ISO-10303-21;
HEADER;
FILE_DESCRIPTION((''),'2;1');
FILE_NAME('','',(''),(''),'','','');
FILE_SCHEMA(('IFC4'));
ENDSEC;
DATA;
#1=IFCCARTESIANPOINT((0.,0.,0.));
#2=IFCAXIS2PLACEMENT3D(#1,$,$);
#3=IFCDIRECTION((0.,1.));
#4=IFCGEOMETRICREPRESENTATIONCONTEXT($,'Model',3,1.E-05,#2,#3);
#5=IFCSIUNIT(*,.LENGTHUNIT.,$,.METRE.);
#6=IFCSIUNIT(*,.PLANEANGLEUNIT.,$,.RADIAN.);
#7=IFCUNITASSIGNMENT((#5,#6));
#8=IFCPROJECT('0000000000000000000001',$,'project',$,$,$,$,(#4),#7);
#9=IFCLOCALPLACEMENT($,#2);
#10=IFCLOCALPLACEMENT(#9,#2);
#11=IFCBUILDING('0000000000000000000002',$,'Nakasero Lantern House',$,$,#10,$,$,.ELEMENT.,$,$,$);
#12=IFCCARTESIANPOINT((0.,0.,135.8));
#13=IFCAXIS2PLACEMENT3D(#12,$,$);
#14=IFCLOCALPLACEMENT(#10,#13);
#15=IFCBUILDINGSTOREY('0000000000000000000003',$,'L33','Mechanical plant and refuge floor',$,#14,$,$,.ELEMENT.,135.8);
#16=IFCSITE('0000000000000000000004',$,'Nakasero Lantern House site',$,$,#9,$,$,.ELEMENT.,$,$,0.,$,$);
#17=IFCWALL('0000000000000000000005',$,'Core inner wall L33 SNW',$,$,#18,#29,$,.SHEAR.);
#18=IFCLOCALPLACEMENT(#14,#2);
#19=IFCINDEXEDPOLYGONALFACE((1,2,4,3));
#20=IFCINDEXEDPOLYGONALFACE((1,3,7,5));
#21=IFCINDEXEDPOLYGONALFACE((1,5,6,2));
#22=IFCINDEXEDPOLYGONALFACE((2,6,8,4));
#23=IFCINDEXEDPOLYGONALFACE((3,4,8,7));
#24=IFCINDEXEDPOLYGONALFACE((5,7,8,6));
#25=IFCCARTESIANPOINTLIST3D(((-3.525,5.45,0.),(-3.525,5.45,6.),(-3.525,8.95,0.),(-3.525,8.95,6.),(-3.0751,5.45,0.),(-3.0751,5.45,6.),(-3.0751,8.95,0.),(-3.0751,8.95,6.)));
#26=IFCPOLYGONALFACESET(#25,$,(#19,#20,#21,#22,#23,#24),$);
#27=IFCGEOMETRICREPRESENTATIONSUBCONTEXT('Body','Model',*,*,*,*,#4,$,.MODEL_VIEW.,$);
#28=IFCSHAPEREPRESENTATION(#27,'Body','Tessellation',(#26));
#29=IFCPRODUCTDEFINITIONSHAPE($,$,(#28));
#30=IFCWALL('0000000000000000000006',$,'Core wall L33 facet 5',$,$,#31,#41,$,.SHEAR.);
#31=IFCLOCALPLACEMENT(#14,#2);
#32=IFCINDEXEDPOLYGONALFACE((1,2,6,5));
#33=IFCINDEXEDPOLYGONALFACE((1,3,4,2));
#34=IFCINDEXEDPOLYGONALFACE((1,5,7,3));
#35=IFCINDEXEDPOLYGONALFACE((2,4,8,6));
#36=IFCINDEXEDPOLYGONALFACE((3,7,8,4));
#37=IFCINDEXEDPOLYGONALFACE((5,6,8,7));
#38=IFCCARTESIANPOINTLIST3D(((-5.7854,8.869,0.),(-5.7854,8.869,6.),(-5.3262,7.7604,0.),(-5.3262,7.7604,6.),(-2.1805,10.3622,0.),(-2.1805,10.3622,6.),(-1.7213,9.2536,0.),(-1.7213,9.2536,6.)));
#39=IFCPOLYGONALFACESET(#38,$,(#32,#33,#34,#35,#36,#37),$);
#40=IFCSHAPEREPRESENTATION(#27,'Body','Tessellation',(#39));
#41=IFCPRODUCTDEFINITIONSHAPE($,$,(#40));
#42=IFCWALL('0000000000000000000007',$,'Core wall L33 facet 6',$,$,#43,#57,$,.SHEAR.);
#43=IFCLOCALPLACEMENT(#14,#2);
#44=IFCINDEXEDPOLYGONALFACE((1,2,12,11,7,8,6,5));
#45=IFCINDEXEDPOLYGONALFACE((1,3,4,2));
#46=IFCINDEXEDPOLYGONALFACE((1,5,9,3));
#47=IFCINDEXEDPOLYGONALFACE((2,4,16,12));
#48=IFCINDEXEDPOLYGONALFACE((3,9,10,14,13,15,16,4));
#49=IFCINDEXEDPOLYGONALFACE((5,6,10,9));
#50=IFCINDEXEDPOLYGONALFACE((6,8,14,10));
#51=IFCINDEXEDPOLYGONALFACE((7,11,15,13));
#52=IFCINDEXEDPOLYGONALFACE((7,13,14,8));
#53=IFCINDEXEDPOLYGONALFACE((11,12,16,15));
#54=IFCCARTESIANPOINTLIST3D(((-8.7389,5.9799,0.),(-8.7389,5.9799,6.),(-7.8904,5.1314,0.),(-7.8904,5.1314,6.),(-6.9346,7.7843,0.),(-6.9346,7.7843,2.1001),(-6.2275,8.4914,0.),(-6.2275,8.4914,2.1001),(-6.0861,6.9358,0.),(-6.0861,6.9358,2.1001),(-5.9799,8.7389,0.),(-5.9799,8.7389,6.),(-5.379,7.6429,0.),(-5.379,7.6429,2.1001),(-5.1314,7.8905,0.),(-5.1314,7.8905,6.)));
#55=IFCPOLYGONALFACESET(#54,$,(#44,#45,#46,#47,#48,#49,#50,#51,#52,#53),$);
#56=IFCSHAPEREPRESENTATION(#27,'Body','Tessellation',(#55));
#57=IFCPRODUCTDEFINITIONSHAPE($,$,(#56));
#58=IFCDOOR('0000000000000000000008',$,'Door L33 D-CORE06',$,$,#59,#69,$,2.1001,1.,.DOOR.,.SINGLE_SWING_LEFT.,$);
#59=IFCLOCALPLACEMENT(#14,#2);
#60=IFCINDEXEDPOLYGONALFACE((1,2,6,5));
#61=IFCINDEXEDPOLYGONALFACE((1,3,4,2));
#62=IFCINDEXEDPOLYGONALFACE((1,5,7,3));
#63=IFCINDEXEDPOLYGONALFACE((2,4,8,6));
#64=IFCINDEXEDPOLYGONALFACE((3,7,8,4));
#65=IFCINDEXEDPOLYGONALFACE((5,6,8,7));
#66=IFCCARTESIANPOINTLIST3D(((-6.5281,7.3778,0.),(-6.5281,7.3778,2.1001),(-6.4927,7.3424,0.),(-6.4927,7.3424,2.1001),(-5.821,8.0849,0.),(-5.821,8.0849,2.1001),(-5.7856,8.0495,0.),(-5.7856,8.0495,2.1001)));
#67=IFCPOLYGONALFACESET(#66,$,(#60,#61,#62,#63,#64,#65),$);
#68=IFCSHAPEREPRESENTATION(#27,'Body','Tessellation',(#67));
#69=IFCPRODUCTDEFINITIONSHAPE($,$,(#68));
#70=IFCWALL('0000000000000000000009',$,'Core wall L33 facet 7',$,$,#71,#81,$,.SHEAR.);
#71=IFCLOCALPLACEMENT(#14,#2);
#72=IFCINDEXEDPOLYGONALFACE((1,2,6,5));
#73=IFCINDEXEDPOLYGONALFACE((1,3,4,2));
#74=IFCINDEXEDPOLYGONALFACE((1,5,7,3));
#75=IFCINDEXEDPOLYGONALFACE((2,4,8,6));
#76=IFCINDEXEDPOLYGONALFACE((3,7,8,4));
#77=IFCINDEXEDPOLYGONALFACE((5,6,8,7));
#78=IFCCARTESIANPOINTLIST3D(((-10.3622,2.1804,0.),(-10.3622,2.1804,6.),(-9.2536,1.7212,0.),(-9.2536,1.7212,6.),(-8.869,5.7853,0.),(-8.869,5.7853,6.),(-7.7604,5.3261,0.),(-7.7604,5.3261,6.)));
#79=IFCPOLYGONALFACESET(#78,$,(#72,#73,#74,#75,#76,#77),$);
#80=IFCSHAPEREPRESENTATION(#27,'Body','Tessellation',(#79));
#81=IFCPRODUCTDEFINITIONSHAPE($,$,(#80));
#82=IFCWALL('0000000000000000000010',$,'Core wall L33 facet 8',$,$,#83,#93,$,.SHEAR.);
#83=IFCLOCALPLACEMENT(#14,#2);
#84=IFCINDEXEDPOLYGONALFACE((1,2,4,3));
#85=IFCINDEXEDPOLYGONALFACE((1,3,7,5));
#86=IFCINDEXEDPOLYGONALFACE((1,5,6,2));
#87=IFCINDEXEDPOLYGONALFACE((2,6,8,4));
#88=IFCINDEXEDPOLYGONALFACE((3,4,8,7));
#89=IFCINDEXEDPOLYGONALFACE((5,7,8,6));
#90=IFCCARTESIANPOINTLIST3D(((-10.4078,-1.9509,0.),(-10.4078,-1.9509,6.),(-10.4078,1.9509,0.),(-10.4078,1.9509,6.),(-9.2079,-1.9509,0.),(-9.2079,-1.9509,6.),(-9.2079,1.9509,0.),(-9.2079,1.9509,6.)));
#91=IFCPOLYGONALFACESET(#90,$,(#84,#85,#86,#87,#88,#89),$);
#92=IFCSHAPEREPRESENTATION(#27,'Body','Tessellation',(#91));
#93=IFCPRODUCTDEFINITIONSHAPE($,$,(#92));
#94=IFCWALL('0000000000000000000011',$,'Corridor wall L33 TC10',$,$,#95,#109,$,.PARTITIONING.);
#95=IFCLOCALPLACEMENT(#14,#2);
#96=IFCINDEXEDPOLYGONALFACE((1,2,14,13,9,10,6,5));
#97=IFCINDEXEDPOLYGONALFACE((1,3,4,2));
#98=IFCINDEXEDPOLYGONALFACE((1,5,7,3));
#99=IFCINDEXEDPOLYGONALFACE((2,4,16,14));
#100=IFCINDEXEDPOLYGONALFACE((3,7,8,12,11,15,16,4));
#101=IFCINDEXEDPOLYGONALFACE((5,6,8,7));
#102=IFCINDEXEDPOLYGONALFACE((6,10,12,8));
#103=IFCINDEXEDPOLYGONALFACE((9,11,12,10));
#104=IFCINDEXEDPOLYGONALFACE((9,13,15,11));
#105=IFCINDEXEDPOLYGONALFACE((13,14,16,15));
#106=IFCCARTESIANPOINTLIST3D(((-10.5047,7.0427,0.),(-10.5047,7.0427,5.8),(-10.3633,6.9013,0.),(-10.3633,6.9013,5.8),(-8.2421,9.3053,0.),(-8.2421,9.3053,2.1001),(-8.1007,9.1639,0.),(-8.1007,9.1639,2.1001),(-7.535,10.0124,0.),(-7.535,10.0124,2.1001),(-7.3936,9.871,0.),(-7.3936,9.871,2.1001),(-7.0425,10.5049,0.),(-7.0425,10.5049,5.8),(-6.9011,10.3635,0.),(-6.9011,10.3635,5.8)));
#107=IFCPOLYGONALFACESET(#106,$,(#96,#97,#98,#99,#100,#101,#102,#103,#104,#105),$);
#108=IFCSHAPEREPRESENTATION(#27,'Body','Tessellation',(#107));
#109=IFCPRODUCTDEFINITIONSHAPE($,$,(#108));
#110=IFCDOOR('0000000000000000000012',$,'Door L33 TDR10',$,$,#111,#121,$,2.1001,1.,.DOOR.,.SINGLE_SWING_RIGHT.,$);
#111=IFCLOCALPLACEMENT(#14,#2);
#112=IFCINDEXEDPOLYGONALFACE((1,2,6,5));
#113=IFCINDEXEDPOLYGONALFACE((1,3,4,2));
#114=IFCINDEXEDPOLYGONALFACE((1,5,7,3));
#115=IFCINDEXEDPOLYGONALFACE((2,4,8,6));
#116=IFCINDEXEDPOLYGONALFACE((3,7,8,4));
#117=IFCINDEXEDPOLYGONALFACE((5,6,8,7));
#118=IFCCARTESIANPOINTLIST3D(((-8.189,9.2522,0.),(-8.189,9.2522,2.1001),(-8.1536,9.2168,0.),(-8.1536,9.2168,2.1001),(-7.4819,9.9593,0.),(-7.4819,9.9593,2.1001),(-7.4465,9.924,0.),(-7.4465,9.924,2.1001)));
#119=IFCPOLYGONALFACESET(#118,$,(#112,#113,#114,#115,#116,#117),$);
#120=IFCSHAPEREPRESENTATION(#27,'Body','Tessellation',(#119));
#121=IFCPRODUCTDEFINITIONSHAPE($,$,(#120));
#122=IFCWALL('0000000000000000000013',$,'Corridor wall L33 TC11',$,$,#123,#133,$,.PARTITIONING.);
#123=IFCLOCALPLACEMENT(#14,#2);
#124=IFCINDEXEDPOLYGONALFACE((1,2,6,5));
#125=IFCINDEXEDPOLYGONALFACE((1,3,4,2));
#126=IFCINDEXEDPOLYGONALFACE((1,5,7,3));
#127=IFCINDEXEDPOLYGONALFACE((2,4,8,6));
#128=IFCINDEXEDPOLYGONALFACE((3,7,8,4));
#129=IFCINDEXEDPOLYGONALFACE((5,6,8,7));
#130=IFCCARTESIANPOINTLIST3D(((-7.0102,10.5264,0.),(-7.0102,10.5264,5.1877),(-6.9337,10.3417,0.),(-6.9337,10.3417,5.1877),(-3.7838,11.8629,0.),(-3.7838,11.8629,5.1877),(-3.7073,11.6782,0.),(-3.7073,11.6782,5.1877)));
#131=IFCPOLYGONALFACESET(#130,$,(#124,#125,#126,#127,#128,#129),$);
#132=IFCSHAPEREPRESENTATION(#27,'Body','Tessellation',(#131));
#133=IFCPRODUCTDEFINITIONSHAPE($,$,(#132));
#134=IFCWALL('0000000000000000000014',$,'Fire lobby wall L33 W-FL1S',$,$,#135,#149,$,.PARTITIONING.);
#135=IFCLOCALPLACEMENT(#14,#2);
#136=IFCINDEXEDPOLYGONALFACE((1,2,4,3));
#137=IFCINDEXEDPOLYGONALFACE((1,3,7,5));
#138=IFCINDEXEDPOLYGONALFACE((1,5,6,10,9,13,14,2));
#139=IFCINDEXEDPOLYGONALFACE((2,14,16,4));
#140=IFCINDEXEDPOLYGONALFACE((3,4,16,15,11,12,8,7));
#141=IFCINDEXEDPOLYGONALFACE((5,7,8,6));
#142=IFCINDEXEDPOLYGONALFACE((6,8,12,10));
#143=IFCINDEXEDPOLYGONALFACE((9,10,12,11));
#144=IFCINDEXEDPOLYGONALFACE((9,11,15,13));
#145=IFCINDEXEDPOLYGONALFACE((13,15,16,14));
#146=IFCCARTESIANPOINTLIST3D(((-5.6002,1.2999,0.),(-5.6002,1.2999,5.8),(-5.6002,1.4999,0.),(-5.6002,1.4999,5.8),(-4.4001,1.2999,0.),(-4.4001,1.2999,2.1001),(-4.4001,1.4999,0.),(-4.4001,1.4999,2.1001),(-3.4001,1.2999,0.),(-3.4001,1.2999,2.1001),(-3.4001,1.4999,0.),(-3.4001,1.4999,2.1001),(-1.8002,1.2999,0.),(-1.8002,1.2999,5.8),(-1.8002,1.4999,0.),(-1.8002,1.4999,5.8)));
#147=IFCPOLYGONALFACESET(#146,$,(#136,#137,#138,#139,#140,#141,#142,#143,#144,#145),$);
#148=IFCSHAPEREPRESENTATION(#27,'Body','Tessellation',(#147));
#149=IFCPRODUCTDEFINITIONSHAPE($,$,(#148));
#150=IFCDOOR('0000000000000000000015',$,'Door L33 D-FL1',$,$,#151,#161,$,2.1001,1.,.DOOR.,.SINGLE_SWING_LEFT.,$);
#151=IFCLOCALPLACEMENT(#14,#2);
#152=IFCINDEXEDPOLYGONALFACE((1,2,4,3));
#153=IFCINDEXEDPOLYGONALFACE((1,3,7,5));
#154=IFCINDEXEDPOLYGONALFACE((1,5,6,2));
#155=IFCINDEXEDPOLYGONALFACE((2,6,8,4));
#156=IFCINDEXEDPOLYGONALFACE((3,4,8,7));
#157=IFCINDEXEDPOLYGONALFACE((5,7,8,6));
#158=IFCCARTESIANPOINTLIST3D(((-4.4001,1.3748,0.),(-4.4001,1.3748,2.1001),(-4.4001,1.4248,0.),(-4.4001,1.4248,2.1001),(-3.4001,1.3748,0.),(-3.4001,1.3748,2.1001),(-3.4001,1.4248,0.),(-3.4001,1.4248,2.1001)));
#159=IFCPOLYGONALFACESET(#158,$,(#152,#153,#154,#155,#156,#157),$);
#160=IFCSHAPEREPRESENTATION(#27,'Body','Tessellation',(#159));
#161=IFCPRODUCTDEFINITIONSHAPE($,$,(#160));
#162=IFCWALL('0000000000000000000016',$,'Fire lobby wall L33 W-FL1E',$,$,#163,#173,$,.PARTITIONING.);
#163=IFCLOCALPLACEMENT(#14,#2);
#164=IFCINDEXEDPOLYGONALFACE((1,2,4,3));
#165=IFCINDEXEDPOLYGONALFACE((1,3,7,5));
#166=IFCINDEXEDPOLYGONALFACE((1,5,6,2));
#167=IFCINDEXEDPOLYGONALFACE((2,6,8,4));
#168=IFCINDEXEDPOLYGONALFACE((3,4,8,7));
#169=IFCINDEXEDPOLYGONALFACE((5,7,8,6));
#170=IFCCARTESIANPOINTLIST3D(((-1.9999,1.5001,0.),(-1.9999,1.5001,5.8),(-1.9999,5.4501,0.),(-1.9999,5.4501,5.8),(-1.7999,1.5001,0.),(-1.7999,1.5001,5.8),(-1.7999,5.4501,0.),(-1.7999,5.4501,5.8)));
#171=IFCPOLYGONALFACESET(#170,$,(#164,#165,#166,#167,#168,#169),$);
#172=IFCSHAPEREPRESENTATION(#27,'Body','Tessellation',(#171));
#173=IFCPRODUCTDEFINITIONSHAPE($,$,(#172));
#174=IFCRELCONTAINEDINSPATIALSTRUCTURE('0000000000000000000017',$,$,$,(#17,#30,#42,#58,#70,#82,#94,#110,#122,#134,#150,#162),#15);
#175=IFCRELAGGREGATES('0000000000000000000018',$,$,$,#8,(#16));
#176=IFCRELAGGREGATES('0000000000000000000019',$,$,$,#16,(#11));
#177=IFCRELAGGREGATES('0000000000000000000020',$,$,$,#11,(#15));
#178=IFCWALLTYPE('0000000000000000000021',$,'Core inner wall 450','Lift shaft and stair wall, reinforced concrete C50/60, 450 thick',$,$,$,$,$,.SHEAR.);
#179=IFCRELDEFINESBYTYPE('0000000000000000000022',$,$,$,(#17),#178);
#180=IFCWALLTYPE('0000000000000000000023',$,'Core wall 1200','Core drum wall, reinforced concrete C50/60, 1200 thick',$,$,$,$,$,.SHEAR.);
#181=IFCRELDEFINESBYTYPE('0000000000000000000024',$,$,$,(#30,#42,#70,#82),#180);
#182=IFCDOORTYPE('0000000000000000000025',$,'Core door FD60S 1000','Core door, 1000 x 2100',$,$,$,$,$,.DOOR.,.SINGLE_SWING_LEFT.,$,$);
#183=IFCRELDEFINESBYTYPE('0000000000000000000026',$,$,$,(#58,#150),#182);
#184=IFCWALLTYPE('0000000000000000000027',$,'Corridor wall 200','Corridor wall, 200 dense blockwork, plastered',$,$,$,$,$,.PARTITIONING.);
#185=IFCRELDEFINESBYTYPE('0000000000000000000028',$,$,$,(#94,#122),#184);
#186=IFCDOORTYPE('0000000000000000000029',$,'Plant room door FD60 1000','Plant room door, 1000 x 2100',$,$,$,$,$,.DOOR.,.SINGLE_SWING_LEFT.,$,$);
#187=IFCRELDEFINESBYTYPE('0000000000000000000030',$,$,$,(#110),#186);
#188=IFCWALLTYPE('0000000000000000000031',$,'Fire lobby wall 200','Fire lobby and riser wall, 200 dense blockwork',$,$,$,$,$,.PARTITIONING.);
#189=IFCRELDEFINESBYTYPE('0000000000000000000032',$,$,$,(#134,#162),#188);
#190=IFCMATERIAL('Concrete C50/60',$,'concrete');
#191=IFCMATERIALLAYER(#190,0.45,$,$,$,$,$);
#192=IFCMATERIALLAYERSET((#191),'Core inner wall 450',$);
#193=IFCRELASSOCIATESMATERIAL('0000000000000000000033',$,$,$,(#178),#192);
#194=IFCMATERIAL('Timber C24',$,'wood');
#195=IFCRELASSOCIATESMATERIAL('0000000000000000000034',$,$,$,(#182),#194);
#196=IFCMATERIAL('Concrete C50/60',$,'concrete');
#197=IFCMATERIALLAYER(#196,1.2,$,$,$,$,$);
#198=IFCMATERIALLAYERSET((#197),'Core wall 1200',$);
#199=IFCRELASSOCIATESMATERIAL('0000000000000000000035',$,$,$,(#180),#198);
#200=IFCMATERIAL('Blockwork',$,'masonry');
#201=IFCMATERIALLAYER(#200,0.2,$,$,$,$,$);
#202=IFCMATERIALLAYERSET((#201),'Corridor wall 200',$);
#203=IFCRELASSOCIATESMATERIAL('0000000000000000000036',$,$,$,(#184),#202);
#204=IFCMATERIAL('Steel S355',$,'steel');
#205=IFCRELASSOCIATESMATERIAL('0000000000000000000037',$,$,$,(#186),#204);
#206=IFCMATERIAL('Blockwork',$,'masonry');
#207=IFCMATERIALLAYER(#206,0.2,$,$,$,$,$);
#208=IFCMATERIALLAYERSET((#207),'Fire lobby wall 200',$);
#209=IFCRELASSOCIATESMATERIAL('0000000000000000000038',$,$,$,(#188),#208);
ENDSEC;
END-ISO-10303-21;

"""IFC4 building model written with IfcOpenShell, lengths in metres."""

from ifc_helpers import new_model, si_unit, direction, frame, frame_2d, origin, place, context, subcontext, project, spatial, rectangle, extrude, material, layer, layer_set, type_object, element, fill, save


model = new_model("IFC4")

# Units and contexts
model_context = context("Model", 3, precision=1e-05, world=origin(), true_north=direction((0.0, 1.0)))
body_context = subcontext(model_context, "Body", "Model", "MODEL_VIEW")
ifc_project = project(units=[si_unit("LENGTHUNIT", "METRE"), si_unit("PLANEANGLEUNIT", "RADIAN")], contexts=[model_context])

# Site, building, storey
site_placement = place(None, origin())
site = spatial("IfcSite", under=ifc_project, at=site_placement, Name="Nakasero Lantern House site", CompositionType="ELEMENT", RefElevation=0.0)
building_placement = place(site_placement, origin())
building = spatial("IfcBuilding", under=site, at=building_placement, Name="Nakasero Lantern House", CompositionType="ELEMENT")
storey_placement = place(building_placement, frame((0.0, 0.0, 135.8)))
storey = spatial("IfcBuildingStorey", under=building, at=storey_placement, Name="L33", Description="Mechanical plant and refuge floor", CompositionType="ELEMENT", Elevation=135.8)

# Shared definitions
ifc_material_1 = material(Name="Concrete C50/60", Category="concrete")
ifc_layer_1 = layer(ifc_material_1, 0.45)
ifc_layer_set_1 = layer_set([ifc_layer_1], Name="Core inner wall 450")
wall_type_1 = type_object("IfcWallType", Name="Core inner wall 450", Description="Lift shaft and stair wall, reinforced concrete C50/60, 450 thick", PredefinedType="SHEAR", material=ifc_layer_set_1)

# Shared definitions
ifc_material_2 = material(Name="Timber C24", Category="wood")
door_type_1 = type_object("IfcDoorType", Name="Core door FD60S 1000", Description="Core door, 1000 x 2100", OperationType="SINGLE_SWING_LEFT", PredefinedType="DOOR", material=ifc_material_2)

# Walls
wall_1_placement = place(storey_placement, frame((-3.3, 5.45, 0.0), z_axis=(0.0, 0.0, 1.0), x_axis=(0.0, 1.0, 0.0)))
element("IfcWall", 1, at=wall_1_placement, inside=storey, type_object=wall_type_1, Name="Core inner wall L33 SNW", PredefinedType="SHEAR", context=body_context, shape_type="SweptSolid", body=[
    extrude(rectangle(XDim=3.5, YDim=0.45, at=frame_2d((1.75, 0.0))), origin(), (0.0, 0.0, 1.0), 6.0),
])
ifc_material_3 = material(Name="Concrete C50/60", Category="concrete")
ifc_layer_2 = layer(ifc_material_3, 1.2)
ifc_layer_set_2 = layer_set([ifc_layer_2], Name="Core wall 1200")
wall_type_2 = type_object("IfcWallType", Name="Core wall 1200", Description="Core drum wall, reinforced concrete C50/60, 1200 thick", PredefinedType="SHEAR", material=ifc_layer_set_2)
wall_2_placement = place(storey_placement, frame((-1.9509, 9.8079, 0.0), z_axis=(0.0, 0.0, 1.0), x_axis=(-0.923877, -0.382691, 0.0)))
element("IfcWall", 2, at=wall_2_placement, inside=storey, type_object=wall_type_2, Name="Core wall L33 facet 5", PredefinedType="SHEAR", context=body_context, shape_type="SweptSolid", body=[
    extrude(rectangle(XDim=3.9019, YDim=1.2, at=frame_2d((1.9509, 0.0))), origin(), (0.0, 0.0, 1.0), 6.0),
])

# Wall, opening, door
wall_3_placement = place(storey_placement, frame((-5.5557, 8.3147, 0.0), z_axis=(0.0, 0.0, 1.0), x_axis=(-0.707107, -0.707107, 0.0)))
wall_3 = element("IfcWall", 3, at=wall_3_placement, inside=storey, type_object=wall_type_2, Name="Core wall L33 facet 6", PredefinedType="SHEAR", context=body_context, shape_type="SweptSolid", body=[
    extrude(rectangle(XDim=3.9019, YDim=1.2, at=frame_2d((1.9509, 0.0))), origin(), (0.0, 0.0, 1.0), 6.0),
])
opening_1_placement = place(wall_3_placement, frame((0.3501, 0.0, 0.0)))
opening_1 = element("IfcOpeningElement", 4, at=opening_1_placement, cuts=wall_3, PredefinedType="OPENING", context=body_context, shape_type="SweptSolid", body=[
    extrude(rectangle(XDim=1.0, YDim=2.1001, at=frame_2d((0.5, 1.05))), frame((0.0, 0.6199, 0.0), z_axis=(0.0, -1.0, 0.0), x_axis=(1.0, 0.0, 0.0)), (0.0, 0.0, 1.0), 1.24),
])
door_1_placement = place(opening_1_placement, origin())
door_1 = element("IfcDoor", 5, at=door_1_placement, inside=storey, type_object=door_type_1, Name="Door L33 D-CORE06", OperationType="SINGLE_SWING_LEFT", OverallHeight=2.1001, OverallWidth=1.0, PredefinedType="DOOR", context=body_context, shape_type="SweptSolid", body=[
    extrude(rectangle(XDim=1.0, YDim=2.1001, at=frame_2d((0.5, 1.05))), frame((0.0, 0.0249, 0.0), z_axis=(0.0, -1.0, 0.0), x_axis=(1.0, 0.0, 0.0)), (0.0, 0.0, 1.0), 0.05),
])
fill(opening_1, door_1)

# Walls
for number, where, z_axis, x_axis, name in (
    (6, (-8.3147, 5.5557, 0.0), (0.0, 0.0, 1.0), (-0.382691, -0.923877, 0.0), "Core wall L33 facet 7"),
    (7, (-9.8079, 1.9509, 0.0), (0.0, 0.0, 1.0), (0.0, -1.0, 0.0), "Core wall L33 facet 8"),
):
    element("IfcWall", number, at=place(storey_placement, frame(where, z_axis=z_axis, x_axis=x_axis)), inside=storey, type_object=wall_type_2, Name=name, PredefinedType="SHEAR", context=body_context, shape_type="SweptSolid", body=[
        extrude(rectangle(XDim=3.9019, YDim=1.2, at=frame_2d((1.9509, 0.0))), origin(), (0.0, 0.0, 1.0), 6.0),
    ])

# Wall, opening, door
ifc_material_4 = material(Name="Blockwork", Category="masonry")
ifc_layer_3 = layer(ifc_material_4, 0.2)
ifc_layer_set_3 = layer_set([ifc_layer_3], Name="Corridor wall 200")
wall_type_3 = type_object("IfcWallType", Name="Corridor wall 200", Description="Corridor wall, 200 dense blockwork, plastered", PredefinedType="PARTITIONING", material=ifc_layer_set_3)
wall_4_placement = place(storey_placement, frame((-10.4341, 6.9719, 0.0), z_axis=(0.0, 0.0, 1.0), x_axis=(0.707107, 0.707107, 0.0)))
wall_4 = element("IfcWall", 8, at=wall_4_placement, inside=storey, type_object=wall_type_3, Name="Corridor wall L33 TC10", PredefinedType="PARTITIONING", context=body_context, shape_type="SweptSolid", body=[
    extrude(rectangle(XDim=4.8962, YDim=0.2, at=frame_2d((2.4482, 0.0))), origin(), (0.0, 0.0, 1.0), 5.8),
])
opening_2_placement = place(wall_4_placement, frame((3.2, 0.0, 0.0)))
opening_2 = element("IfcOpeningElement", 9, at=opening_2_placement, cuts=wall_4, PredefinedType="OPENING", context=body_context, shape_type="SweptSolid", body=[
    extrude(rectangle(XDim=1.0, YDim=2.1001, at=frame_2d((0.5, 1.05))), frame((0.0, 0.1199, 0.0), z_axis=(0.0, -1.0, 0.0), x_axis=(1.0, 0.0, 0.0)), (0.0, 0.0, 1.0), 0.24),
])
ifc_material_5 = material(Name="Steel S355", Category="steel")
door_type_2 = type_object("IfcDoorType", Name="Plant room door FD60 1000", Description="Plant room door, 1000 x 2100", OperationType="SINGLE_SWING_LEFT", PredefinedType="DOOR", material=ifc_material_5)
door_2_placement = place(opening_2_placement, origin())
door_2 = element("IfcDoor", 10, at=door_2_placement, inside=storey, type_object=door_type_2, Name="Door L33 TDR10", OperationType="SINGLE_SWING_RIGHT", OverallHeight=2.1001, OverallWidth=1.0, PredefinedType="DOOR", context=body_context, shape_type="SweptSolid", body=[
    extrude(rectangle(XDim=1.0, YDim=2.1001, at=frame_2d((0.5, 1.05))), frame((0.0, 0.0249, 0.0), z_axis=(0.0, -1.0, 0.0), x_axis=(1.0, 0.0, 0.0)), (0.0, 0.0, 1.0), 0.05),
])
fill(opening_2, door_2)

# Wall
wall_5_placement = place(storey_placement, frame((-6.9719, 10.4341, 0.0), z_axis=(0.0, 0.0, 1.0), x_axis=(0.923875, 0.382693, 0.0)))
element("IfcWall", 11, at=wall_5_placement, inside=storey, type_object=wall_type_3, Name="Corridor wall L33 TC11", PredefinedType="PARTITIONING", context=body_context, shape_type="SweptSolid", body=[
    extrude(rectangle(XDim=3.4922, YDim=0.2, at=frame_2d((1.7461, 0.0))), origin(), (0.0, 0.0, 1.0), 5.1877),
])

# Wall, opening, door
ifc_material_6 = material(Name="Blockwork", Category="masonry")
ifc_layer_4 = layer(ifc_material_6, 0.2)
ifc_layer_set_4 = layer_set([ifc_layer_4], Name="Fire lobby wall 200")
wall_type_4 = type_object("IfcWallType", Name="Fire lobby wall 200", Description="Fire lobby and riser wall, 200 dense blockwork", PredefinedType="PARTITIONING", material=ifc_layer_set_4)
wall_6_placement = place(storey_placement, frame((-5.6001, 1.3999, 0.0), z_axis=(0.0, 0.0, 1.0), x_axis=(1.0, 0.0, 0.0)))
wall_6 = element("IfcWall", 12, at=wall_6_placement, inside=storey, type_object=wall_type_4, Name="Fire lobby wall L33 W-FL1S", PredefinedType="PARTITIONING", context=body_context, shape_type="SweptSolid", body=[
    extrude(rectangle(XDim=3.8, YDim=0.2, at=frame_2d((1.8999, 0.0))), origin(), (0.0, 0.0, 1.0), 5.8),
])
opening_3_placement = place(wall_6_placement, frame((1.2, 0.0, 0.0)))
opening_3 = element("IfcOpeningElement", 13, at=opening_3_placement, cuts=wall_6, PredefinedType="OPENING", context=body_context, shape_type="SweptSolid", body=[
    extrude(rectangle(XDim=1.0, YDim=2.1001, at=frame_2d((0.5, 1.05))), frame((0.0, 0.1199, 0.0), z_axis=(0.0, -1.0, 0.0), x_axis=(1.0, 0.0, 0.0)), (0.0, 0.0, 1.0), 0.24),
])
door_3_placement = place(opening_3_placement, origin())
door_3 = element("IfcDoor", 14, at=door_3_placement, inside=storey, type_object=door_type_1, Name="Door L33 D-FL1", OperationType="SINGLE_SWING_LEFT", OverallHeight=2.1001, OverallWidth=1.0, PredefinedType="DOOR", context=body_context, shape_type="SweptSolid", body=[
    extrude(rectangle(XDim=1.0, YDim=2.1001, at=frame_2d((0.5, 1.05))), frame((0.0, 0.0249, 0.0), z_axis=(0.0, -1.0, 0.0), x_axis=(1.0, 0.0, 0.0)), (0.0, 0.0, 1.0), 0.05),
])
fill(opening_3, door_3)

# Wall
wall_7_placement = place(storey_placement, frame((-1.8999, 1.5, 0.0), z_axis=(0.0, 0.0, 1.0), x_axis=(0.0, 1.0, 0.0)))
element("IfcWall", 15, at=wall_7_placement, inside=storey, type_object=wall_type_4, Name="Fire lobby wall L33 W-FL1E", PredefinedType="PARTITIONING", context=body_context, shape_type="SweptSolid", body=[
    extrude(rectangle(XDim=3.95, YDim=0.2, at=frame_2d((1.9751, 0.0))), origin(), (0.0, 0.0, 1.0), 5.8),
])

save(model, "model.ifc")
